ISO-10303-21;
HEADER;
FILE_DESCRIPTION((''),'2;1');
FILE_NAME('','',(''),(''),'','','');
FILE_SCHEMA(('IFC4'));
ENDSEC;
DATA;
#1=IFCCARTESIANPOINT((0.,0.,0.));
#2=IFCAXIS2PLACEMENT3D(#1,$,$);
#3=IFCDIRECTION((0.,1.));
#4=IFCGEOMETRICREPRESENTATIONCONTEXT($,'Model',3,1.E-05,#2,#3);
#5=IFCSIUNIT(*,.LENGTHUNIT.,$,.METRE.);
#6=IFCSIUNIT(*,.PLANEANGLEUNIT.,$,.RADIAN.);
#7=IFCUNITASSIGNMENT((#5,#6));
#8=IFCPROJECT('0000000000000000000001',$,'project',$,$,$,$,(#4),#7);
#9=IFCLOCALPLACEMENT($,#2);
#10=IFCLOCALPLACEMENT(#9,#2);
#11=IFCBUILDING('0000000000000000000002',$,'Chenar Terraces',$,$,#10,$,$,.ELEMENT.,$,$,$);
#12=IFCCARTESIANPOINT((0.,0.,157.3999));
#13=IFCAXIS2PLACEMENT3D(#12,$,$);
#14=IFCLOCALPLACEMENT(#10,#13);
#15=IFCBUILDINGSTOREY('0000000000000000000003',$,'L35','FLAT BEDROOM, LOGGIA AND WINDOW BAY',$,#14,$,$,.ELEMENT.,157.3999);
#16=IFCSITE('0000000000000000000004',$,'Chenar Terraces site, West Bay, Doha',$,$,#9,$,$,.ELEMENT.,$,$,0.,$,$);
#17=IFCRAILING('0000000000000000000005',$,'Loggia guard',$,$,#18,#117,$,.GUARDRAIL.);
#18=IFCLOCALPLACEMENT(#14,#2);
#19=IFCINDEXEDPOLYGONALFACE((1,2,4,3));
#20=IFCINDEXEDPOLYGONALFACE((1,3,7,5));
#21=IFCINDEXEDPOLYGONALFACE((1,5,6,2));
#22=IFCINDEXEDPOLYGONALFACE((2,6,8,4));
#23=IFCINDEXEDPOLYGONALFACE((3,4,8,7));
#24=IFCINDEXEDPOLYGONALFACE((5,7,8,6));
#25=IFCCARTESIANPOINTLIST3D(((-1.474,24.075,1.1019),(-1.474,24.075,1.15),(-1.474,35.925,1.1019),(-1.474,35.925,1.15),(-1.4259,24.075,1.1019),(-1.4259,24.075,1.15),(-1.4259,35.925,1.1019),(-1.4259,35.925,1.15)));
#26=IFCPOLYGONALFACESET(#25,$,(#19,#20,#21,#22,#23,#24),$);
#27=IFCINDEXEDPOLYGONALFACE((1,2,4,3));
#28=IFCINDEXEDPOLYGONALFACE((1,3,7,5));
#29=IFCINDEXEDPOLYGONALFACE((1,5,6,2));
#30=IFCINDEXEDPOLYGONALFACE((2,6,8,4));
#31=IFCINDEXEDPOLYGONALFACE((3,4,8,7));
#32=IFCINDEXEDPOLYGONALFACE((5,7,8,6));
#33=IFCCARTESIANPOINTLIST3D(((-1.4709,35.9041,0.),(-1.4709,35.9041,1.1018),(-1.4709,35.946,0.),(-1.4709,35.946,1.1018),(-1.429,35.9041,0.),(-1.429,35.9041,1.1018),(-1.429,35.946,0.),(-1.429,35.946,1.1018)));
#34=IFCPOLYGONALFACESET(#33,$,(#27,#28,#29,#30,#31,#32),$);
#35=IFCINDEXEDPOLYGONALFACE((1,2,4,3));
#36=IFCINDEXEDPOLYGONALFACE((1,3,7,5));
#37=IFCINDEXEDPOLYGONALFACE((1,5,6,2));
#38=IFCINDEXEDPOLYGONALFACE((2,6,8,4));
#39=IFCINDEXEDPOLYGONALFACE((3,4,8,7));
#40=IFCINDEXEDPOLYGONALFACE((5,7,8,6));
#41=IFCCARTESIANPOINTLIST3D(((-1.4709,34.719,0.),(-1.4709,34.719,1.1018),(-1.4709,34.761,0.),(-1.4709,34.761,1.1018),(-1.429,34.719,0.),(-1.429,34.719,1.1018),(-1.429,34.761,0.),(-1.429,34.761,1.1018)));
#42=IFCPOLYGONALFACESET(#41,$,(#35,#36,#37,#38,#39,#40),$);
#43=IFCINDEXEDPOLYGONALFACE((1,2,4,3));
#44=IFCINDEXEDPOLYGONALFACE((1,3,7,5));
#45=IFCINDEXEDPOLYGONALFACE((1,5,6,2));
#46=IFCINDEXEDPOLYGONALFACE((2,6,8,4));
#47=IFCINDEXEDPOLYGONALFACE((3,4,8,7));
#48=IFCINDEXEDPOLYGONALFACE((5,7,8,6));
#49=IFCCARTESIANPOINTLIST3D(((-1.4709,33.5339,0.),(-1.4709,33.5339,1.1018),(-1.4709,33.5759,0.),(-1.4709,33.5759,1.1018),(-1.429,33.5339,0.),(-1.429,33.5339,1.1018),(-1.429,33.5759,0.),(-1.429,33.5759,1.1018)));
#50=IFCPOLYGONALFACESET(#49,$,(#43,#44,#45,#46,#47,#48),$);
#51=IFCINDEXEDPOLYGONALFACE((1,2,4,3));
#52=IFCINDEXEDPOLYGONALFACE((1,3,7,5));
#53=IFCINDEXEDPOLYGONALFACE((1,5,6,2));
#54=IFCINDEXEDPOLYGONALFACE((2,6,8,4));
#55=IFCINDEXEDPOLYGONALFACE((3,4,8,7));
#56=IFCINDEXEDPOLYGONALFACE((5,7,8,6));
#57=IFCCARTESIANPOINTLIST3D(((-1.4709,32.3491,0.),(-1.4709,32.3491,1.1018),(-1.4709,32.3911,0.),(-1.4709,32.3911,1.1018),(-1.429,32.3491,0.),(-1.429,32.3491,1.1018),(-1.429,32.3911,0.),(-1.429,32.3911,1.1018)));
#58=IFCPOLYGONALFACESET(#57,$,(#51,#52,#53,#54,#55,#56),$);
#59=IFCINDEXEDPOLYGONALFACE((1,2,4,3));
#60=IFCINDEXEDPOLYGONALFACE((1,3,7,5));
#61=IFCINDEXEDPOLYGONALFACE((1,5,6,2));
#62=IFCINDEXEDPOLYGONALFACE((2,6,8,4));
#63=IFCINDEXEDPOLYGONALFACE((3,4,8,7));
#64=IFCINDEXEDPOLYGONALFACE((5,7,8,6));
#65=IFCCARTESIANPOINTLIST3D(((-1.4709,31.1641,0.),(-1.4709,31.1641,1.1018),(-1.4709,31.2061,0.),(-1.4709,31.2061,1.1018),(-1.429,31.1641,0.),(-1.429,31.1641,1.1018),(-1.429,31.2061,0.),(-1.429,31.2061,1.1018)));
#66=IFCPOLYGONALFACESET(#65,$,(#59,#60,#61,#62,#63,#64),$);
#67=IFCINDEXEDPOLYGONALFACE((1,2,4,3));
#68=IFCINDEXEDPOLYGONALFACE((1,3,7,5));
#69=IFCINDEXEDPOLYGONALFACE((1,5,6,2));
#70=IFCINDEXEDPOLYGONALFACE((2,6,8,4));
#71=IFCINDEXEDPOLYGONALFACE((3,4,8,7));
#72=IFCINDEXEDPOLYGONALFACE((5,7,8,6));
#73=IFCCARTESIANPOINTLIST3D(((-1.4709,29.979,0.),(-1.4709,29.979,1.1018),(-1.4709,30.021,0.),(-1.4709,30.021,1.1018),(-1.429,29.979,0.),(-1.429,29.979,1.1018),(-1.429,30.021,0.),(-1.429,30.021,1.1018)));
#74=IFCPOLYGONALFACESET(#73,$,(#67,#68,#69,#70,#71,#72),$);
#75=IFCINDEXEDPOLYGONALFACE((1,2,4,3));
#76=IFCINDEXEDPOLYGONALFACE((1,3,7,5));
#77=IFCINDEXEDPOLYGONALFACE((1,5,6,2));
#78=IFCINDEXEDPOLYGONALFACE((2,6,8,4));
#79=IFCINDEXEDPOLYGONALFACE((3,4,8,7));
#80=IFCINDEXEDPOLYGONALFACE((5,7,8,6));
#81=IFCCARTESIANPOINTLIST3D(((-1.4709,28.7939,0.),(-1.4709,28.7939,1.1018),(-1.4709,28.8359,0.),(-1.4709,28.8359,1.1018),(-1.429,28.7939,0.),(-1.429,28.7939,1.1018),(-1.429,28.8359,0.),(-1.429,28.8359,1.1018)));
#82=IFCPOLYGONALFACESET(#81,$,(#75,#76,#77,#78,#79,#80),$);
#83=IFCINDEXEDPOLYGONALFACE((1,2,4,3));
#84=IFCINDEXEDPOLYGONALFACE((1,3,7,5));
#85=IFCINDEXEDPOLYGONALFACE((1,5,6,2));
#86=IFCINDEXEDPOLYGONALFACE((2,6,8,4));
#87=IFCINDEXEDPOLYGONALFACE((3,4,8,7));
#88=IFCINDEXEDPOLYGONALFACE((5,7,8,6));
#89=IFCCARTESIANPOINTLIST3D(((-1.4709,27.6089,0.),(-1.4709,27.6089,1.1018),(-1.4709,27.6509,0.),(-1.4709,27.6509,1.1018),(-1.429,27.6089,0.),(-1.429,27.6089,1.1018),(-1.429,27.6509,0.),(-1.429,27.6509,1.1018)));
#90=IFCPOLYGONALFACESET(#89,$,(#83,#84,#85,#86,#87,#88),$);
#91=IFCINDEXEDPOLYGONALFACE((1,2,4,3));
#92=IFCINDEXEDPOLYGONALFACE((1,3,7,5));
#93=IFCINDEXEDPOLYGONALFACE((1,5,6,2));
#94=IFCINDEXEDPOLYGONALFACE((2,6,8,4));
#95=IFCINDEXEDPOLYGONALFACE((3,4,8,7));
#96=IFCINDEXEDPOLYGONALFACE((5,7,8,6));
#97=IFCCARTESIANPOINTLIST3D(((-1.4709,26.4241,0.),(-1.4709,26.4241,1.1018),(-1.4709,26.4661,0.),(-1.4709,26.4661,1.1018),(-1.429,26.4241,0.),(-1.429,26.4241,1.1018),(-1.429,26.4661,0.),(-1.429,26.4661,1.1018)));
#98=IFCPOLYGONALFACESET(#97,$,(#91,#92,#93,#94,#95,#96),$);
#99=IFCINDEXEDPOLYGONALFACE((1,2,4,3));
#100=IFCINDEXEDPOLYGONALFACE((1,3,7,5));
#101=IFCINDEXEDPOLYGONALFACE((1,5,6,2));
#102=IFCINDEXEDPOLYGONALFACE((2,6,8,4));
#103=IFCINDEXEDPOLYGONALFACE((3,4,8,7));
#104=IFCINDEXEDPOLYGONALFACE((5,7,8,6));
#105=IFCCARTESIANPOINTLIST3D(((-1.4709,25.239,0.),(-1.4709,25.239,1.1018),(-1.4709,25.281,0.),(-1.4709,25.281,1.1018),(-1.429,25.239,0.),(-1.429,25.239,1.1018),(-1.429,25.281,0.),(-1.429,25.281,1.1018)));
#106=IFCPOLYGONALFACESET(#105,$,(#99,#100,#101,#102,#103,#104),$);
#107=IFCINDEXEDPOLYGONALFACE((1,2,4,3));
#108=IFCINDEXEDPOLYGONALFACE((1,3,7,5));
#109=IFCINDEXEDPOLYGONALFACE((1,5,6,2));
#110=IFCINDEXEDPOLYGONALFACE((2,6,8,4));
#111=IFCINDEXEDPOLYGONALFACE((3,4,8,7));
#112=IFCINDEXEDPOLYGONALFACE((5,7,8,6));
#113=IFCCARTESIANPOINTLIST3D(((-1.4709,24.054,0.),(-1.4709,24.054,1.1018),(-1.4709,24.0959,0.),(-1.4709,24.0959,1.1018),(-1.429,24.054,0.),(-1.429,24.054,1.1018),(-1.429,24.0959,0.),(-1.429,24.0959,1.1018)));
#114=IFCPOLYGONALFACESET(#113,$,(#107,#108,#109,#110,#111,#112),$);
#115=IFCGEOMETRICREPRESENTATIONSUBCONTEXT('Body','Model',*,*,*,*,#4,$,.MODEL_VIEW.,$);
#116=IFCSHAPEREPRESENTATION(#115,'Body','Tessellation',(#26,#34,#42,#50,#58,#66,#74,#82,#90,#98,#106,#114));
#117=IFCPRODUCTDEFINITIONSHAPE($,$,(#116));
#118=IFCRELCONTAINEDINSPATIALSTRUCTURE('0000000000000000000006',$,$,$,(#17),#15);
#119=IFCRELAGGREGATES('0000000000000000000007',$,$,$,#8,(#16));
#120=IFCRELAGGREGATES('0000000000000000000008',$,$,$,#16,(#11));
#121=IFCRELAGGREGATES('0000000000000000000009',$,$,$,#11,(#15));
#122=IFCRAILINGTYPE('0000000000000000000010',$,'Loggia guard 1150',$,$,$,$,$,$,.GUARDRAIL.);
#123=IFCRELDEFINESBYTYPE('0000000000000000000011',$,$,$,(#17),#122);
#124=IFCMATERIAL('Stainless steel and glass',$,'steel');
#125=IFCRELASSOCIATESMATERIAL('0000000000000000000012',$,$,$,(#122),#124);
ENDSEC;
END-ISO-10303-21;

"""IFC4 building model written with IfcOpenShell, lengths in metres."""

from ifc_helpers import new_model, si_unit, direction, frame, origin, origin_2d, place, context, subcontext, project, spatial, rectangle, extrude, material, type_object, element, save


model = new_model("IFC4")

# Units and contexts
model_context = context("Model", 3, precision=1e-05, world=origin(), true_north=direction((0.0, 1.0)))
body_context = subcontext(model_context, "Body", "Model", "MODEL_VIEW")
ifc_project = project(units=[si_unit("LENGTHUNIT", "METRE"), si_unit("PLANEANGLEUNIT", "RADIAN")], contexts=[model_context])

# Site, building, storey
site_placement = place(None, origin())
site = spatial("IfcSite", under=ifc_project, at=site_placement, Name="Chenar Terraces site, West Bay, Doha", CompositionType="ELEMENT", RefElevation=0.0)
building_placement = place(site_placement, origin())
building = spatial("IfcBuilding", under=site, at=building_placement, Name="Chenar Terraces", CompositionType="ELEMENT")
storey_placement = place(building_placement, frame((0.0, 0.0, 157.3999)))
storey = spatial("IfcBuildingStorey", under=building, at=storey_placement, Name="L35", Description="FLAT BEDROOM, LOGGIA AND WINDOW BAY", CompositionType="ELEMENT", Elevation=157.3999)

# Railing
ifc_material_1 = material(Name="Stainless steel and glass", Category="steel")
railing_type_1 = type_object("IfcRailingType", Name="Loggia guard 1150", PredefinedType="GUARDRAIL", material=ifc_material_1)
railing_1_placement = place(storey_placement, frame((-1.45, 35.925, 0.0)))
element("IfcRailing", 1, at=railing_1_placement, inside=storey, type_object=railing_type_1, Name="Loggia guard", PredefinedType="GUARDRAIL", context=body_context, shape_type="SweptSolid", body=[
    extrude(rectangle(XDim=0.0481, YDim=0.0481, at=origin_2d()), frame((0.0, 0.0, 1.126), z_axis=(0.0, -1.0, 0.0), x_axis=(1.0, 0.0, 0.0)), (0.0, 0.0, 1.0), 11.8501),
    extrude(rectangle(XDim=0.042, YDim=0.042, at=origin_2d()), origin(), (0.0, 0.0, 1.0), 1.1018),
    extrude(rectangle(XDim=0.042, YDim=0.042, at=origin_2d()), frame((0.0, -1.1851, 0.0)), (0.0, 0.0, 1.0), 1.1018),
    extrude(rectangle(XDim=0.042, YDim=0.042, at=origin_2d()), frame((0.0, -2.3701, 0.0)), (0.0, 0.0, 1.0), 1.1018),
    extrude(rectangle(XDim=0.042, YDim=0.042, at=origin_2d()), frame((0.0, -3.5549, 0.0)), (0.0, 0.0, 1.0), 1.1018),
    extrude(rectangle(XDim=0.042, YDim=0.042, at=origin_2d()), frame((0.0, -4.74, 0.0)), (0.0, 0.0, 1.0), 1.1018),
    extrude(rectangle(XDim=0.042, YDim=0.042, at=origin_2d()), frame((0.0, -5.925, 0.0)), (0.0, 0.0, 1.0), 1.1018),
    extrude(rectangle(XDim=0.042, YDim=0.042, at=origin_2d()), frame((0.0, -7.1101, 0.0)), (0.0, 0.0, 1.0), 1.1018),
    extrude(rectangle(XDim=0.042, YDim=0.042, at=origin_2d()), frame((0.0, -8.2952, 0.0)), (0.0, 0.0, 1.0), 1.1018),
    extrude(rectangle(XDim=0.042, YDim=0.042, at=origin_2d()), frame((0.0, -9.48, 0.0)), (0.0, 0.0, 1.0), 1.1018),
    extrude(rectangle(XDim=0.042, YDim=0.042, at=origin_2d()), frame((0.0, -10.665, 0.0)), (0.0, 0.0, 1.0), 1.1018),
    extrude(rectangle(XDim=0.042, YDim=0.042, at=origin_2d()), frame((0.0, -11.8501, 0.0)), (0.0, 0.0, 1.0), 1.1018),
])

save(model, "model.ifc")
